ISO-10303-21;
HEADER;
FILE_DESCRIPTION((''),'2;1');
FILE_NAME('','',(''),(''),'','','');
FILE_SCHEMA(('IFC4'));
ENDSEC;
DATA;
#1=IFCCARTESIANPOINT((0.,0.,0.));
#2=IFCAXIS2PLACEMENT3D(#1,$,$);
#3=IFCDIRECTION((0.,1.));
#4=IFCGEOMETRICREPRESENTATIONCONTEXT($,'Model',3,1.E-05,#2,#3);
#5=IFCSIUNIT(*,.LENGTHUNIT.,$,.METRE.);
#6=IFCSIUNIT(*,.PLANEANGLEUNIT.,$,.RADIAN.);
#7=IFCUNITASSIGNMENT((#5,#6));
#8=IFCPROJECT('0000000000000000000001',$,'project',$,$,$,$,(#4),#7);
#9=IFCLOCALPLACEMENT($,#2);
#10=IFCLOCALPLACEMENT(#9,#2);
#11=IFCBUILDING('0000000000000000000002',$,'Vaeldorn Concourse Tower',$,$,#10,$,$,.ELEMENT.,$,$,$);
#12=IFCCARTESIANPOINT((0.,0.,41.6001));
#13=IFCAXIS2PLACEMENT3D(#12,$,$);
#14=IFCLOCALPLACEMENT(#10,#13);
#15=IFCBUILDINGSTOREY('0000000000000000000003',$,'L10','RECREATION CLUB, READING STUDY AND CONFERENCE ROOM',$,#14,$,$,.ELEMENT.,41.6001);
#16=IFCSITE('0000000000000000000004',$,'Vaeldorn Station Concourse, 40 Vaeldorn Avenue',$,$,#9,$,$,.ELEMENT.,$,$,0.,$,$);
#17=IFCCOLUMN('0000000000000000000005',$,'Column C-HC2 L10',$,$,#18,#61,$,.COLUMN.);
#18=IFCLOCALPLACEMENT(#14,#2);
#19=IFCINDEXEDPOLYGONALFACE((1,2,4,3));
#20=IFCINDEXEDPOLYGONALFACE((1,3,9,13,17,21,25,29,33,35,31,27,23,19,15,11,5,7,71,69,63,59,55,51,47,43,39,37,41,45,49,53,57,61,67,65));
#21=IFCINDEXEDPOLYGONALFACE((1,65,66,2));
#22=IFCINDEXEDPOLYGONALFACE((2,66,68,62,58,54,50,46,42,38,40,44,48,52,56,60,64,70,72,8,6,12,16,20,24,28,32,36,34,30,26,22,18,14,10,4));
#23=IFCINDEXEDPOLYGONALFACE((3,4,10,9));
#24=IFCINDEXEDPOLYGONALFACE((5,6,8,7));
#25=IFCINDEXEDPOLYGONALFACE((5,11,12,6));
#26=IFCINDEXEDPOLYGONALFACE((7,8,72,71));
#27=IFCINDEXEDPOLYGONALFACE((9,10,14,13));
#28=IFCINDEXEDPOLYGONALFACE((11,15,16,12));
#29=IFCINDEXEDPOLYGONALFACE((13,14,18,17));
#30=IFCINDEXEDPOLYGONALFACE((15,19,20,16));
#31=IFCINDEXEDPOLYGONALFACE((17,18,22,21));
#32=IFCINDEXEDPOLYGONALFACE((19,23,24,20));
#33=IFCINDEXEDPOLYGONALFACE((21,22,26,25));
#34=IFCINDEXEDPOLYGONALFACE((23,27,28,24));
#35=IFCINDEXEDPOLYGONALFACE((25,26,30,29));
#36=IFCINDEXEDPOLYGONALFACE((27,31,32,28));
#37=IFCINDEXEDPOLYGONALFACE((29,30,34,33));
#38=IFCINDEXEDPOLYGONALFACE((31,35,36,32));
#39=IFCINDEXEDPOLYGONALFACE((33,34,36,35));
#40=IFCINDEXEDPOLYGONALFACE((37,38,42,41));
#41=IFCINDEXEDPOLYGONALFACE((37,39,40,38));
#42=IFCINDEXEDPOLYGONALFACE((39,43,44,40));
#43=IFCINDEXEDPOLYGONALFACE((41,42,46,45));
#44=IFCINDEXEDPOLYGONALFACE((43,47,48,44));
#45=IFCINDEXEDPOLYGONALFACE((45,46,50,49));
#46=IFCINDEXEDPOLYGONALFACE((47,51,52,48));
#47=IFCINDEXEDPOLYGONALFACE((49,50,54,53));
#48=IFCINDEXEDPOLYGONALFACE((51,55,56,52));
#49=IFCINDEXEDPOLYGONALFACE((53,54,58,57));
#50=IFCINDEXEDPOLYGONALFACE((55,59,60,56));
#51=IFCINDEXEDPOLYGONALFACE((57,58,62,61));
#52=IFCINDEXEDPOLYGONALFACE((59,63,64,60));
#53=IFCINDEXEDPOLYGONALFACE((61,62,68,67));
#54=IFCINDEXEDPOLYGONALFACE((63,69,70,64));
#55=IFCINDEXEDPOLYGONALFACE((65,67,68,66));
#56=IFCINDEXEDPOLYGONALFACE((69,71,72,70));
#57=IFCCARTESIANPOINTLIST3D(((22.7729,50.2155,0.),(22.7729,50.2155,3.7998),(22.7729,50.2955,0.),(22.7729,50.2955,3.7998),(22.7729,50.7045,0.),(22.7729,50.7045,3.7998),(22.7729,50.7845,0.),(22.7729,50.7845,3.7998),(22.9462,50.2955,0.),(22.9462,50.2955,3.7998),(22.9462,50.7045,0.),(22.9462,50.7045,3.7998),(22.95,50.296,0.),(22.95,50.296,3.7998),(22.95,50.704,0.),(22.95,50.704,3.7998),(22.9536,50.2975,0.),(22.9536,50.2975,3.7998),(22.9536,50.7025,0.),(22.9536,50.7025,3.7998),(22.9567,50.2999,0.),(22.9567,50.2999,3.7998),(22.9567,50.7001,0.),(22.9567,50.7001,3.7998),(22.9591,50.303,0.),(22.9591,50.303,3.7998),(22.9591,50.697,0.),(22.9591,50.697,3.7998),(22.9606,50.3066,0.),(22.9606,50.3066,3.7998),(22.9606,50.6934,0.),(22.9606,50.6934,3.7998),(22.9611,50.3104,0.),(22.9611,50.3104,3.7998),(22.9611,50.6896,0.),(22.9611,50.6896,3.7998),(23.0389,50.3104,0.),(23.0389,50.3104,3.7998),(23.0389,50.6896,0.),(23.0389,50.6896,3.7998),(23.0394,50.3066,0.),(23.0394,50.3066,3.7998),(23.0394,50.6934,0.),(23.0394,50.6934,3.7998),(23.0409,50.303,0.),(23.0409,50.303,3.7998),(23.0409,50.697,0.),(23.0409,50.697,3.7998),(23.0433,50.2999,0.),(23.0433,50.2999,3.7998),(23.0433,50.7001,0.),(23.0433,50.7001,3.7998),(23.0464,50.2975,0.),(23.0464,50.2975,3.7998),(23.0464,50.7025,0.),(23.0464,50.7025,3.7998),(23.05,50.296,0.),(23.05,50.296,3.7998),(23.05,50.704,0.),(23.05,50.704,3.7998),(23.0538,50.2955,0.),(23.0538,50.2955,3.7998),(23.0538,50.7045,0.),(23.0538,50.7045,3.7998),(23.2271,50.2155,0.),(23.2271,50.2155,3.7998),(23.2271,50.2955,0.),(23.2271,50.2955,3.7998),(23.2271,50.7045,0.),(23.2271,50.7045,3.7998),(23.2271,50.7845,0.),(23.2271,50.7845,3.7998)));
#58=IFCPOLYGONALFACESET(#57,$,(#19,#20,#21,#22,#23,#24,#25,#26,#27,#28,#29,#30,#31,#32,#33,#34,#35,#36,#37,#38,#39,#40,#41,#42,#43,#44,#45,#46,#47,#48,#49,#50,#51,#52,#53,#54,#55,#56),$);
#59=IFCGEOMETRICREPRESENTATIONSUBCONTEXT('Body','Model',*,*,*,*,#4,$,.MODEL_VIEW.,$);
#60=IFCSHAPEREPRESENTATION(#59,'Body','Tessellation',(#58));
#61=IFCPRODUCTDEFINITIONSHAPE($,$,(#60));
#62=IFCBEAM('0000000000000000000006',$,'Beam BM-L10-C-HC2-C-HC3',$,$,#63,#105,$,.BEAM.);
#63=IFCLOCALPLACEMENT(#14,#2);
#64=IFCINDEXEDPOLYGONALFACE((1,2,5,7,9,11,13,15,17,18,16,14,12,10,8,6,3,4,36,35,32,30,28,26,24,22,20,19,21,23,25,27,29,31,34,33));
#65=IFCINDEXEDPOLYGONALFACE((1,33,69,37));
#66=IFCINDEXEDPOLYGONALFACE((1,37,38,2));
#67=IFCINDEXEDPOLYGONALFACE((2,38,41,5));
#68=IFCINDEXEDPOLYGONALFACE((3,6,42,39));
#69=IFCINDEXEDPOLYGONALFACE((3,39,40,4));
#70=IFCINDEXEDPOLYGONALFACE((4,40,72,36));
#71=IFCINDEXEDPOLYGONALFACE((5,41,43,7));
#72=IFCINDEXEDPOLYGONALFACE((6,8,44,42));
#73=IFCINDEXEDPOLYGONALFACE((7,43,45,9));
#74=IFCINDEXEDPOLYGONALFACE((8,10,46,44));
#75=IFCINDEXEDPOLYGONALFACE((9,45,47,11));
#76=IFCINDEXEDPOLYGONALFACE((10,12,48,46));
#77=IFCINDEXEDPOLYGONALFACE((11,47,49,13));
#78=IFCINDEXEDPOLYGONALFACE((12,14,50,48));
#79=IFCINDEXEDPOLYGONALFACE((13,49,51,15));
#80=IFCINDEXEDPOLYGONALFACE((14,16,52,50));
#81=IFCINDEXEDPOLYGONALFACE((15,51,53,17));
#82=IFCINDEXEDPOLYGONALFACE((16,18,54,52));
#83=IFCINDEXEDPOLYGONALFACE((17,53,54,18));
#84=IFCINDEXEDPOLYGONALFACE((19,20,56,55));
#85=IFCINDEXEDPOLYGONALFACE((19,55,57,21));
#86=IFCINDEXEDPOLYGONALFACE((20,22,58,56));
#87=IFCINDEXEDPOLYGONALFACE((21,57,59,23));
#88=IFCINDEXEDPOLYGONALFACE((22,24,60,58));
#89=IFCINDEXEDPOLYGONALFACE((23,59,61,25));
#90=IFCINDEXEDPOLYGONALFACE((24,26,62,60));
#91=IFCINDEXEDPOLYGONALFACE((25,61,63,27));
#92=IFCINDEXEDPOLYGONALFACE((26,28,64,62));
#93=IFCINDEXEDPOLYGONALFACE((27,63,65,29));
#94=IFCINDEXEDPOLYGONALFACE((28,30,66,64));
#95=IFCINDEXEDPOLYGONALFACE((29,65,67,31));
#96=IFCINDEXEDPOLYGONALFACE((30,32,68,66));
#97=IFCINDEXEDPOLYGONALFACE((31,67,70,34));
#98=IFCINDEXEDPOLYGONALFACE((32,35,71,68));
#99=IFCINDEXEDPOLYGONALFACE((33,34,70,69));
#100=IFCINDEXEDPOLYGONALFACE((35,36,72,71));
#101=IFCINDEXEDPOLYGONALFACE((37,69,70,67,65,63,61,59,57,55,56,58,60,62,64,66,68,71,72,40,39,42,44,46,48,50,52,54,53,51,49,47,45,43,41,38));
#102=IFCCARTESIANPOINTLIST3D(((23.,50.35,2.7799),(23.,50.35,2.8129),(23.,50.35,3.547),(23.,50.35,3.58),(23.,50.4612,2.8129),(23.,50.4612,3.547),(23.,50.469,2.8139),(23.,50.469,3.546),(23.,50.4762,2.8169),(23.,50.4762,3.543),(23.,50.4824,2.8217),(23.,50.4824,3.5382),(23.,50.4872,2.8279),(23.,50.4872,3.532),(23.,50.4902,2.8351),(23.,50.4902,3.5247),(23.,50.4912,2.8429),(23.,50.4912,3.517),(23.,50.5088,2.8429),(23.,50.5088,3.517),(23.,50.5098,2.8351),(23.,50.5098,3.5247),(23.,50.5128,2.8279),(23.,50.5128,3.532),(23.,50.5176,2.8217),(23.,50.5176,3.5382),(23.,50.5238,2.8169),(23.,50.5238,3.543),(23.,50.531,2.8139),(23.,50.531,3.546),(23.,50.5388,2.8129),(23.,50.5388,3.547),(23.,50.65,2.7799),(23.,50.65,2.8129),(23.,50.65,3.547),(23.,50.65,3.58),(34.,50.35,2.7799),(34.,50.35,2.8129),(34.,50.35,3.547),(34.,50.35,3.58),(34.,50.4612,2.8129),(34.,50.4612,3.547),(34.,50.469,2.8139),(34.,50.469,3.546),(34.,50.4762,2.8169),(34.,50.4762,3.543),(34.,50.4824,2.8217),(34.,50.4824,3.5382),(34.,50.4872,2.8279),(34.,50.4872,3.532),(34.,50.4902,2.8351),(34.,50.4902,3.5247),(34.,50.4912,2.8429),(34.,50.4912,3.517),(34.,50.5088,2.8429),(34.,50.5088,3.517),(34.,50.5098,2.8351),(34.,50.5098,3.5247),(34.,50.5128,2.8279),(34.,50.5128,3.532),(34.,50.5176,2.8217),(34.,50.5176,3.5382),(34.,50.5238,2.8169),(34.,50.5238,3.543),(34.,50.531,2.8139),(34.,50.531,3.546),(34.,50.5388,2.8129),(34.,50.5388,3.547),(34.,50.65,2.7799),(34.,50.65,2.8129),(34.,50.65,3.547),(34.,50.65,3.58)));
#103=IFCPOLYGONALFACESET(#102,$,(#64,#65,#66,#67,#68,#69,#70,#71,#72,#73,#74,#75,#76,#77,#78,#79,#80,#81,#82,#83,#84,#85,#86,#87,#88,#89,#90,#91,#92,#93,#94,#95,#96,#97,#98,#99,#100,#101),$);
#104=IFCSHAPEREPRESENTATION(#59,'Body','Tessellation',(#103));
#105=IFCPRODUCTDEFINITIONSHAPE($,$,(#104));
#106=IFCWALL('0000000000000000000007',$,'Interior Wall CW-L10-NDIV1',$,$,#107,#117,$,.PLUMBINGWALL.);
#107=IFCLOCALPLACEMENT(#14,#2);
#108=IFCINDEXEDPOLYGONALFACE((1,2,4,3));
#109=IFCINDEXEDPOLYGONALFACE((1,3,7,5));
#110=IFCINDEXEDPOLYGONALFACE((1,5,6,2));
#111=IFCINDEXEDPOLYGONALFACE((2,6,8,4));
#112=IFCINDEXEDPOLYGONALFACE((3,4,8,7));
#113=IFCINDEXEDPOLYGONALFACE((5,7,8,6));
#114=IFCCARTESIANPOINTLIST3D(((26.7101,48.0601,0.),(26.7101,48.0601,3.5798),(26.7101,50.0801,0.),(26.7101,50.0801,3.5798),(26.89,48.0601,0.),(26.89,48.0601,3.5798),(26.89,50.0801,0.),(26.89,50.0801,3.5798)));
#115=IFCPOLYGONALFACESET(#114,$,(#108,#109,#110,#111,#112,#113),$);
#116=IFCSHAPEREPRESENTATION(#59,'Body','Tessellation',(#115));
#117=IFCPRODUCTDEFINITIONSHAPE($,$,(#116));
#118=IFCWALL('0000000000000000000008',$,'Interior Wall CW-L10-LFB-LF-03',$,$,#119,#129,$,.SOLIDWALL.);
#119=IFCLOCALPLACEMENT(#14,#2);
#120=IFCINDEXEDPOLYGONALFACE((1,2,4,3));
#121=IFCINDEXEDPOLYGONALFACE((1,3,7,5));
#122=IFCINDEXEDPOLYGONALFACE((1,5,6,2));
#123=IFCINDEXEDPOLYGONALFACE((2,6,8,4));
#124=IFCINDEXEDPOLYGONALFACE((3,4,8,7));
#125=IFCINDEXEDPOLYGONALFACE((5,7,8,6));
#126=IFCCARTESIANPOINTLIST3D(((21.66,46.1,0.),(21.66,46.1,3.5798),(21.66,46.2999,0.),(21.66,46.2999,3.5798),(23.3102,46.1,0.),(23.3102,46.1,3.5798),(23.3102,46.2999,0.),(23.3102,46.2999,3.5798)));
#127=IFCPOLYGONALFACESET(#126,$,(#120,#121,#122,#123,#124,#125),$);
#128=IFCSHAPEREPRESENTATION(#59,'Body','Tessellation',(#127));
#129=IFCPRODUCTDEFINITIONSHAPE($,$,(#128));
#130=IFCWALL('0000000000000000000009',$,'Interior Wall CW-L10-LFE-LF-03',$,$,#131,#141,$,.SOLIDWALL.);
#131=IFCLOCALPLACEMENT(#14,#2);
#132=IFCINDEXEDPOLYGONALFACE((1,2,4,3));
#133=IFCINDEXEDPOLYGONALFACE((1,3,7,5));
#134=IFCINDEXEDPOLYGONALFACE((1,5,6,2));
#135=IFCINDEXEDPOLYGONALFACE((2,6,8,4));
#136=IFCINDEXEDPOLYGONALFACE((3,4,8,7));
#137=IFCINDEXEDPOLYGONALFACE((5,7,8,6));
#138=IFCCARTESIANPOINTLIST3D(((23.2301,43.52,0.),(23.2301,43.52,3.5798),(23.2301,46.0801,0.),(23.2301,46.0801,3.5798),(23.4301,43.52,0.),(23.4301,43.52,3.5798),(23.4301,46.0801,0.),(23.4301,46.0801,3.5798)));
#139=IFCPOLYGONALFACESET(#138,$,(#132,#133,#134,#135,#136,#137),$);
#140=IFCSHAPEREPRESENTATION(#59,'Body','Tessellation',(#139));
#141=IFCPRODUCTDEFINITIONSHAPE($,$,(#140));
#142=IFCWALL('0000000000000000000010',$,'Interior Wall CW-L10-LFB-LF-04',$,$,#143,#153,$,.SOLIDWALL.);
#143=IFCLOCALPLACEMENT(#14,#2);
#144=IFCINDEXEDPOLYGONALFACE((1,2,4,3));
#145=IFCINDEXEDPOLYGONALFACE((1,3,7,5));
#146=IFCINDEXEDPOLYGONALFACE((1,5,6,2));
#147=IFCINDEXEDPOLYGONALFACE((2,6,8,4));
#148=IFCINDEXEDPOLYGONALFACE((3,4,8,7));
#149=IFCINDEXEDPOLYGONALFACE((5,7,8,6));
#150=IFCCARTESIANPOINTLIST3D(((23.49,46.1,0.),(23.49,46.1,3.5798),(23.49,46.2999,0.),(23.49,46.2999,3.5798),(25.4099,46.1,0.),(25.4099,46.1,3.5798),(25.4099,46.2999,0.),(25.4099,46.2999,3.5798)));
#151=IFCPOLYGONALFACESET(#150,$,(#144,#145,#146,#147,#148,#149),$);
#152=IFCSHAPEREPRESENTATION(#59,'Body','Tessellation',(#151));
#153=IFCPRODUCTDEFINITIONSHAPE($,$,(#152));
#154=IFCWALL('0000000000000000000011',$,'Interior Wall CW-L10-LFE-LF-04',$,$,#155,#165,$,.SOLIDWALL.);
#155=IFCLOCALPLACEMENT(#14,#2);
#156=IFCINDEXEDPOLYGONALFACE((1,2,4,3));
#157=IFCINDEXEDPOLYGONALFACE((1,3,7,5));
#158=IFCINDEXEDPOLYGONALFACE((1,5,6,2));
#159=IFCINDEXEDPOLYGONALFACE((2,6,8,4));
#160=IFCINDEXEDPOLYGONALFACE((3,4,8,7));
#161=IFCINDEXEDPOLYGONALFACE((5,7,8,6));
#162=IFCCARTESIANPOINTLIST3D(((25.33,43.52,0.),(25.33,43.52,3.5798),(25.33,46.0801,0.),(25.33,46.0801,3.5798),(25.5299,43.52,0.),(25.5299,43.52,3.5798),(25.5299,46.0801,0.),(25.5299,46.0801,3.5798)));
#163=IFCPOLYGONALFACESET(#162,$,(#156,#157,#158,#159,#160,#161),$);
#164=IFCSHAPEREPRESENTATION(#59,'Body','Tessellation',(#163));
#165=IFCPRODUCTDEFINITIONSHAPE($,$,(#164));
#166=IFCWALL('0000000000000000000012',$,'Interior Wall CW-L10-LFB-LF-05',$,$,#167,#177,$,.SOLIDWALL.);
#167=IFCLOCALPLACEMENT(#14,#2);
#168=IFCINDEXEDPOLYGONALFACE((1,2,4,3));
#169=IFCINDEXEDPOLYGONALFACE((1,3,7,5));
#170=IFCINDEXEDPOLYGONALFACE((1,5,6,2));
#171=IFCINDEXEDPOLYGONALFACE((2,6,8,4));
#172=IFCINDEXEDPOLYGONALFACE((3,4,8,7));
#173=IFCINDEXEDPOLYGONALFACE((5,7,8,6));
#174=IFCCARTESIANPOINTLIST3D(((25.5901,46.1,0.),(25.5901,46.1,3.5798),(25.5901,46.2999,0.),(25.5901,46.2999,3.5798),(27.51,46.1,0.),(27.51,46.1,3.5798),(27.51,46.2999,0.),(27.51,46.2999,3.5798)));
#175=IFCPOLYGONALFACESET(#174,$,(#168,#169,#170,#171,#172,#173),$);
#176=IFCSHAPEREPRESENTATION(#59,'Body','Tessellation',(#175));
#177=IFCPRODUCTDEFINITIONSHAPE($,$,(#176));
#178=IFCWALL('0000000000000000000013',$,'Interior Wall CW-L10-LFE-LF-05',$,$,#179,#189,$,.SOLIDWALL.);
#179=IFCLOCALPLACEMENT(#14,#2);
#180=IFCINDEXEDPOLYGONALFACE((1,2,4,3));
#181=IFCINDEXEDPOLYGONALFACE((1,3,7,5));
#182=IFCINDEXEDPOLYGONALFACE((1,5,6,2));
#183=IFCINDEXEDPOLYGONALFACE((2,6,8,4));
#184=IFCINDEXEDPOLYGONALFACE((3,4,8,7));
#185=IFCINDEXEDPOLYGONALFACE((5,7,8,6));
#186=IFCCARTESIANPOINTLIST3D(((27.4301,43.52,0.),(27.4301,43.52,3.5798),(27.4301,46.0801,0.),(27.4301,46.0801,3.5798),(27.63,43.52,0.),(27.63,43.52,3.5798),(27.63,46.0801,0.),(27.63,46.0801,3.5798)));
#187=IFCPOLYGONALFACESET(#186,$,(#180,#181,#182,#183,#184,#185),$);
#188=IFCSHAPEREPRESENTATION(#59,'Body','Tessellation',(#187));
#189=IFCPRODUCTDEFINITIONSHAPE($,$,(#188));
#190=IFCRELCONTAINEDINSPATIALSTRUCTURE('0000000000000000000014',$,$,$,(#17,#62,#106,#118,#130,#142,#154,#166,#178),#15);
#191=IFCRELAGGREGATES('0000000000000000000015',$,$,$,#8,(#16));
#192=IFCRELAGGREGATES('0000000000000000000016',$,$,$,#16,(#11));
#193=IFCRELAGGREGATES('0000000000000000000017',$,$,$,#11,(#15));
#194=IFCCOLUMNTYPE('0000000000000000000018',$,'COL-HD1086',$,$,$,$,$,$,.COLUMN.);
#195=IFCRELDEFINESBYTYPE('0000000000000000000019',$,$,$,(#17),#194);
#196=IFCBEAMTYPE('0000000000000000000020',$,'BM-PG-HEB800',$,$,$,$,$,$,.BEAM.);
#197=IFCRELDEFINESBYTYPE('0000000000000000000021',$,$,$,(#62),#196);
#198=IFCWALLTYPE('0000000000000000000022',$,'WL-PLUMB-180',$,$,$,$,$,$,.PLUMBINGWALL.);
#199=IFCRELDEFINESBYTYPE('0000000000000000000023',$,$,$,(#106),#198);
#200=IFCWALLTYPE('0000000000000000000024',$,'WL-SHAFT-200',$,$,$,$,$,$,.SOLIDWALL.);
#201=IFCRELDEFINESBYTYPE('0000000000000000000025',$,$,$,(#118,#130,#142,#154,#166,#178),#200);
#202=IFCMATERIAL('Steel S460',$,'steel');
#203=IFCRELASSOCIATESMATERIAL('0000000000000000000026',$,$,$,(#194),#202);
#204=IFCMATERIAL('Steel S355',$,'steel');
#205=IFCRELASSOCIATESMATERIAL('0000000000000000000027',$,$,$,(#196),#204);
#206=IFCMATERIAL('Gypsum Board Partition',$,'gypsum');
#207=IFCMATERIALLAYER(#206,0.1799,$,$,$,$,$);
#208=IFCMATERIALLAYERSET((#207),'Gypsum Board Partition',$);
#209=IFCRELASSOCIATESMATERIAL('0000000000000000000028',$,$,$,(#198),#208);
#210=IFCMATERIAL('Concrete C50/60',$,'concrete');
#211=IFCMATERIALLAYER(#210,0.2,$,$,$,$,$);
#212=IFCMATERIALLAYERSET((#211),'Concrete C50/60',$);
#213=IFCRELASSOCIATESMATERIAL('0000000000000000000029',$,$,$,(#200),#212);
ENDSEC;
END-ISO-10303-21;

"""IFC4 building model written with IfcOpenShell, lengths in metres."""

from ifc_helpers import new_model, si_unit, direction, frame, frame_2d, origin, origin_2d, place, context, subcontext, project, spatial, rectangle, i_section, extrude, source, transform, mapped, material, layer, layer_set, material_profile, profile_set, type_object, element, save


model = new_model("IFC4")

# Units and contexts
model_context = context("Model", 3, precision=1e-05, world=origin(), true_north=direction((0.0, 1.0)))
body_context = subcontext(model_context, "Body", "Model", "MODEL_VIEW")
ifc_project = project(units=[si_unit("LENGTHUNIT", "METRE"), si_unit("PLANEANGLEUNIT", "RADIAN")], contexts=[model_context])

# Site, building, storey
site_placement = place(None, origin())
site = spatial("IfcSite", under=ifc_project, at=site_placement, Name="Vaeldorn Station Concourse, 40 Vaeldorn Avenue", CompositionType="ELEMENT", RefElevation=0.0)
building_placement = place(site_placement, origin())
building = spatial("IfcBuilding", under=site, at=building_placement, Name="Vaeldorn Concourse Tower", CompositionType="ELEMENT")
storey_placement = place(building_placement, frame((0.0, 0.0, 41.6001)))
storey = spatial("IfcBuildingStorey", under=building, at=storey_placement, Name="L10", Description="RECREATION CLUB, READING STUDY AND CONFERENCE ROOM", CompositionType="ELEMENT", Elevation=41.6001)

# Column
ifc_material_1 = material(Name="Steel S460", Category="steel")
ifc_material_profile_1 = material_profile(ifc_material_1, i_section(OverallWidth=0.4541, OverallDepth=0.5691, WebThickness=0.0779, FlangeThickness=0.0801, FilletRadius=0.0149, at=origin_2d()), Name="HD 400x1086")
ifc_profile_set_1 = profile_set([ifc_material_profile_1], Name="Steel S460")
column_type = type_object("IfcColumnType", Name="COL-HD1086", PredefinedType="COLUMN", material=ifc_profile_set_1)
shared_shape_1 = source(origin(), body_context, "Body", "SweptSolid", [
    extrude(i_section(OverallWidth=0.4541, OverallDepth=0.5691, WebThickness=0.0779, FlangeThickness=0.0801, FilletRadius=0.0149, at=origin_2d()), origin(), (0.0, 0.0, 1.0), 3.7998),
])
column_placement = place(storey_placement, frame((23.0, 50.5, 0.0), z_axis=(0.0, 0.0, 1.0), x_axis=(1.0, 0.0, 0.0)))
element("IfcColumn", 1, at=column_placement, inside=storey, type_object=column_type, Name="Column C-HC2 L10", PredefinedType="COLUMN", context=body_context, shape_type="MappedRepresentation", body=[
    mapped(shared_shape_1, transform((0.0, 0.0, 0.0), scale=1.0)),
])

# Beam
ifc_material_2 = material(Name="Steel S355", Category="steel")
ifc_material_profile_2 = material_profile(ifc_material_2, i_section(OverallWidth=0.3, OverallDepth=0.8, WebThickness=0.0176, FlangeThickness=0.033, FilletRadius=0.03, at=origin_2d()), Name="HEB 800")
ifc_profile_set_2 = profile_set([ifc_material_profile_2], Name="Steel S355")
beam_type = type_object("IfcBeamType", Name="BM-PG-HEB800", PredefinedType="BEAM", material=ifc_profile_set_2)
shared_shape_2 = source(origin(), body_context, "Body", "SweptSolid", [
    extrude(i_section(OverallWidth=0.3, OverallDepth=0.8, WebThickness=0.0176, FlangeThickness=0.033, FilletRadius=0.03, at=origin_2d()), origin(), (0.0, 0.0, 1.0), 11.0),
])
beam_placement = place(storey_placement, frame((23.0, 50.5, 3.1799), z_axis=(1.0, 0.0, 0.0), x_axis=(0.0, 1.0, 0.0)))
element("IfcBeam", 2, at=beam_placement, inside=storey, type_object=beam_type, Name="Beam BM-L10-C-HC2-C-HC3", PredefinedType="BEAM", context=body_context, shape_type="MappedRepresentation", body=[
    mapped(shared_shape_2, transform((0.0, 0.0, 0.0), scale=1.0)),
])

# Walls
ifc_material_3 = material(Name="Gypsum Board Partition", Category="gypsum")
ifc_layer_1 = layer(ifc_material_3, 0.1799)
ifc_layer_set_1 = layer_set([ifc_layer_1], Name="Gypsum Board Partition")
wall_type_1 = type_object("IfcWallType", Name="WL-PLUMB-180", PredefinedType="PLUMBINGWALL", material=ifc_layer_set_1)
wall_1_placement = place(storey_placement, frame((26.8, 48.0601, 0.0), z_axis=(0.0, 0.0, 1.0), x_axis=(0.0, 1.0, 0.0)))
element("IfcWall", 3, at=wall_1_placement, inside=storey, type_object=wall_type_1, Name="Interior Wall CW-L10-NDIV1", PredefinedType="PLUMBINGWALL", context=body_context, shape_type="SweptSolid", body=[
    extrude(rectangle(XDim=2.02, YDim=0.1799, at=frame_2d((1.01, 0.0))), origin(), (0.0, 0.0, 1.0), 3.5798),
])
ifc_material_4 = material(Name="Concrete C50/60", Category="concrete")
ifc_layer_2 = layer(ifc_material_4, 0.2)
ifc_layer_set_2 = layer_set([ifc_layer_2], Name="Concrete C50/60")
wall_type_2 = type_object("IfcWallType", Name="WL-SHAFT-200", PredefinedType="SOLIDWALL", material=ifc_layer_set_2)
wall_2_placement = place(storey_placement, frame((21.6599, 46.2, 0.0), z_axis=(0.0, 0.0, 1.0), x_axis=(1.0, 0.0, 0.0)))
element("IfcWall", 4, at=wall_2_placement, inside=storey, type_object=wall_type_2, Name="Interior Wall CW-L10-LFB-LF-03", PredefinedType="SOLIDWALL", context=body_context, shape_type="SweptSolid", body=[
    extrude(rectangle(XDim=1.6501, YDim=0.2, at=frame_2d((0.8252, 0.0))), origin(), (0.0, 0.0, 1.0), 3.5798),
])
wall_3_placement = place(storey_placement, frame((23.3301, 43.52, 0.0), z_axis=(0.0, 0.0, 1.0), x_axis=(0.0, 1.0, 0.0)))
element("IfcWall", 5, at=wall_3_placement, inside=storey, type_object=wall_type_2, Name="Interior Wall CW-L10-LFE-LF-03", PredefinedType="SOLIDWALL", context=body_context, shape_type="SweptSolid", body=[
    extrude(rectangle(XDim=2.5601, YDim=0.2, at=frame_2d((1.28, 0.0))), origin(), (0.0, 0.0, 1.0), 3.5798),
])

# Walls
wall_4_placement = place(storey_placement, frame((23.49, 46.2, 0.0), z_axis=(0.0, 0.0, 1.0), x_axis=(1.0, 0.0, 0.0)))
element("IfcWall", 6, at=wall_4_placement, inside=storey, type_object=wall_type_2, Name="Interior Wall CW-L10-LFB-LF-04", PredefinedType="SOLIDWALL", context=body_context, shape_type="SweptSolid", body=[
    extrude(rectangle(XDim=1.9199, YDim=0.2, at=frame_2d((0.96, 0.0))), origin(), (0.0, 0.0, 1.0), 3.5798),
])
wall_5_placement = place(storey_placement, frame((25.4299, 43.52, 0.0), z_axis=(0.0, 0.0, 1.0), x_axis=(0.0, 1.0, 0.0)))
element("IfcWall", 7, at=wall_5_placement, inside=storey, type_object=wall_type_2, Name="Interior Wall CW-L10-LFE-LF-04", PredefinedType="SOLIDWALL", context=body_context, shape_type="SweptSolid", body=[
    extrude(rectangle(XDim=2.5601, YDim=0.2, at=frame_2d((1.28, 0.0))), origin(), (0.0, 0.0, 1.0), 3.5798),
])

# Walls
wall_6_placement = place(storey_placement, frame((25.5901, 46.2, 0.0), z_axis=(0.0, 0.0, 1.0), x_axis=(1.0, 0.0, 0.0)))
element("IfcWall", 8, at=wall_6_placement, inside=storey, type_object=wall_type_2, Name="Interior Wall CW-L10-LFB-LF-05", PredefinedType="SOLIDWALL", context=body_context, shape_type="SweptSolid", body=[
    extrude(rectangle(XDim=1.9199, YDim=0.2, at=frame_2d((0.96, 0.0))), origin(), (0.0, 0.0, 1.0), 3.5798),
])
wall_7_placement = place(storey_placement, frame((27.53, 43.52, 0.0), z_axis=(0.0, 0.0, 1.0), x_axis=(0.0, 1.0, 0.0)))
element("IfcWall", 9, at=wall_7_placement, inside=storey, type_object=wall_type_2, Name="Interior Wall CW-L10-LFE-LF-05", PredefinedType="SOLIDWALL", context=body_context, shape_type="SweptSolid", body=[
    extrude(rectangle(XDim=2.5601, YDim=0.2, at=frame_2d((1.28, 0.0))), origin(), (0.0, 0.0, 1.0), 3.5798),
])

save(model, "model.ifc")
